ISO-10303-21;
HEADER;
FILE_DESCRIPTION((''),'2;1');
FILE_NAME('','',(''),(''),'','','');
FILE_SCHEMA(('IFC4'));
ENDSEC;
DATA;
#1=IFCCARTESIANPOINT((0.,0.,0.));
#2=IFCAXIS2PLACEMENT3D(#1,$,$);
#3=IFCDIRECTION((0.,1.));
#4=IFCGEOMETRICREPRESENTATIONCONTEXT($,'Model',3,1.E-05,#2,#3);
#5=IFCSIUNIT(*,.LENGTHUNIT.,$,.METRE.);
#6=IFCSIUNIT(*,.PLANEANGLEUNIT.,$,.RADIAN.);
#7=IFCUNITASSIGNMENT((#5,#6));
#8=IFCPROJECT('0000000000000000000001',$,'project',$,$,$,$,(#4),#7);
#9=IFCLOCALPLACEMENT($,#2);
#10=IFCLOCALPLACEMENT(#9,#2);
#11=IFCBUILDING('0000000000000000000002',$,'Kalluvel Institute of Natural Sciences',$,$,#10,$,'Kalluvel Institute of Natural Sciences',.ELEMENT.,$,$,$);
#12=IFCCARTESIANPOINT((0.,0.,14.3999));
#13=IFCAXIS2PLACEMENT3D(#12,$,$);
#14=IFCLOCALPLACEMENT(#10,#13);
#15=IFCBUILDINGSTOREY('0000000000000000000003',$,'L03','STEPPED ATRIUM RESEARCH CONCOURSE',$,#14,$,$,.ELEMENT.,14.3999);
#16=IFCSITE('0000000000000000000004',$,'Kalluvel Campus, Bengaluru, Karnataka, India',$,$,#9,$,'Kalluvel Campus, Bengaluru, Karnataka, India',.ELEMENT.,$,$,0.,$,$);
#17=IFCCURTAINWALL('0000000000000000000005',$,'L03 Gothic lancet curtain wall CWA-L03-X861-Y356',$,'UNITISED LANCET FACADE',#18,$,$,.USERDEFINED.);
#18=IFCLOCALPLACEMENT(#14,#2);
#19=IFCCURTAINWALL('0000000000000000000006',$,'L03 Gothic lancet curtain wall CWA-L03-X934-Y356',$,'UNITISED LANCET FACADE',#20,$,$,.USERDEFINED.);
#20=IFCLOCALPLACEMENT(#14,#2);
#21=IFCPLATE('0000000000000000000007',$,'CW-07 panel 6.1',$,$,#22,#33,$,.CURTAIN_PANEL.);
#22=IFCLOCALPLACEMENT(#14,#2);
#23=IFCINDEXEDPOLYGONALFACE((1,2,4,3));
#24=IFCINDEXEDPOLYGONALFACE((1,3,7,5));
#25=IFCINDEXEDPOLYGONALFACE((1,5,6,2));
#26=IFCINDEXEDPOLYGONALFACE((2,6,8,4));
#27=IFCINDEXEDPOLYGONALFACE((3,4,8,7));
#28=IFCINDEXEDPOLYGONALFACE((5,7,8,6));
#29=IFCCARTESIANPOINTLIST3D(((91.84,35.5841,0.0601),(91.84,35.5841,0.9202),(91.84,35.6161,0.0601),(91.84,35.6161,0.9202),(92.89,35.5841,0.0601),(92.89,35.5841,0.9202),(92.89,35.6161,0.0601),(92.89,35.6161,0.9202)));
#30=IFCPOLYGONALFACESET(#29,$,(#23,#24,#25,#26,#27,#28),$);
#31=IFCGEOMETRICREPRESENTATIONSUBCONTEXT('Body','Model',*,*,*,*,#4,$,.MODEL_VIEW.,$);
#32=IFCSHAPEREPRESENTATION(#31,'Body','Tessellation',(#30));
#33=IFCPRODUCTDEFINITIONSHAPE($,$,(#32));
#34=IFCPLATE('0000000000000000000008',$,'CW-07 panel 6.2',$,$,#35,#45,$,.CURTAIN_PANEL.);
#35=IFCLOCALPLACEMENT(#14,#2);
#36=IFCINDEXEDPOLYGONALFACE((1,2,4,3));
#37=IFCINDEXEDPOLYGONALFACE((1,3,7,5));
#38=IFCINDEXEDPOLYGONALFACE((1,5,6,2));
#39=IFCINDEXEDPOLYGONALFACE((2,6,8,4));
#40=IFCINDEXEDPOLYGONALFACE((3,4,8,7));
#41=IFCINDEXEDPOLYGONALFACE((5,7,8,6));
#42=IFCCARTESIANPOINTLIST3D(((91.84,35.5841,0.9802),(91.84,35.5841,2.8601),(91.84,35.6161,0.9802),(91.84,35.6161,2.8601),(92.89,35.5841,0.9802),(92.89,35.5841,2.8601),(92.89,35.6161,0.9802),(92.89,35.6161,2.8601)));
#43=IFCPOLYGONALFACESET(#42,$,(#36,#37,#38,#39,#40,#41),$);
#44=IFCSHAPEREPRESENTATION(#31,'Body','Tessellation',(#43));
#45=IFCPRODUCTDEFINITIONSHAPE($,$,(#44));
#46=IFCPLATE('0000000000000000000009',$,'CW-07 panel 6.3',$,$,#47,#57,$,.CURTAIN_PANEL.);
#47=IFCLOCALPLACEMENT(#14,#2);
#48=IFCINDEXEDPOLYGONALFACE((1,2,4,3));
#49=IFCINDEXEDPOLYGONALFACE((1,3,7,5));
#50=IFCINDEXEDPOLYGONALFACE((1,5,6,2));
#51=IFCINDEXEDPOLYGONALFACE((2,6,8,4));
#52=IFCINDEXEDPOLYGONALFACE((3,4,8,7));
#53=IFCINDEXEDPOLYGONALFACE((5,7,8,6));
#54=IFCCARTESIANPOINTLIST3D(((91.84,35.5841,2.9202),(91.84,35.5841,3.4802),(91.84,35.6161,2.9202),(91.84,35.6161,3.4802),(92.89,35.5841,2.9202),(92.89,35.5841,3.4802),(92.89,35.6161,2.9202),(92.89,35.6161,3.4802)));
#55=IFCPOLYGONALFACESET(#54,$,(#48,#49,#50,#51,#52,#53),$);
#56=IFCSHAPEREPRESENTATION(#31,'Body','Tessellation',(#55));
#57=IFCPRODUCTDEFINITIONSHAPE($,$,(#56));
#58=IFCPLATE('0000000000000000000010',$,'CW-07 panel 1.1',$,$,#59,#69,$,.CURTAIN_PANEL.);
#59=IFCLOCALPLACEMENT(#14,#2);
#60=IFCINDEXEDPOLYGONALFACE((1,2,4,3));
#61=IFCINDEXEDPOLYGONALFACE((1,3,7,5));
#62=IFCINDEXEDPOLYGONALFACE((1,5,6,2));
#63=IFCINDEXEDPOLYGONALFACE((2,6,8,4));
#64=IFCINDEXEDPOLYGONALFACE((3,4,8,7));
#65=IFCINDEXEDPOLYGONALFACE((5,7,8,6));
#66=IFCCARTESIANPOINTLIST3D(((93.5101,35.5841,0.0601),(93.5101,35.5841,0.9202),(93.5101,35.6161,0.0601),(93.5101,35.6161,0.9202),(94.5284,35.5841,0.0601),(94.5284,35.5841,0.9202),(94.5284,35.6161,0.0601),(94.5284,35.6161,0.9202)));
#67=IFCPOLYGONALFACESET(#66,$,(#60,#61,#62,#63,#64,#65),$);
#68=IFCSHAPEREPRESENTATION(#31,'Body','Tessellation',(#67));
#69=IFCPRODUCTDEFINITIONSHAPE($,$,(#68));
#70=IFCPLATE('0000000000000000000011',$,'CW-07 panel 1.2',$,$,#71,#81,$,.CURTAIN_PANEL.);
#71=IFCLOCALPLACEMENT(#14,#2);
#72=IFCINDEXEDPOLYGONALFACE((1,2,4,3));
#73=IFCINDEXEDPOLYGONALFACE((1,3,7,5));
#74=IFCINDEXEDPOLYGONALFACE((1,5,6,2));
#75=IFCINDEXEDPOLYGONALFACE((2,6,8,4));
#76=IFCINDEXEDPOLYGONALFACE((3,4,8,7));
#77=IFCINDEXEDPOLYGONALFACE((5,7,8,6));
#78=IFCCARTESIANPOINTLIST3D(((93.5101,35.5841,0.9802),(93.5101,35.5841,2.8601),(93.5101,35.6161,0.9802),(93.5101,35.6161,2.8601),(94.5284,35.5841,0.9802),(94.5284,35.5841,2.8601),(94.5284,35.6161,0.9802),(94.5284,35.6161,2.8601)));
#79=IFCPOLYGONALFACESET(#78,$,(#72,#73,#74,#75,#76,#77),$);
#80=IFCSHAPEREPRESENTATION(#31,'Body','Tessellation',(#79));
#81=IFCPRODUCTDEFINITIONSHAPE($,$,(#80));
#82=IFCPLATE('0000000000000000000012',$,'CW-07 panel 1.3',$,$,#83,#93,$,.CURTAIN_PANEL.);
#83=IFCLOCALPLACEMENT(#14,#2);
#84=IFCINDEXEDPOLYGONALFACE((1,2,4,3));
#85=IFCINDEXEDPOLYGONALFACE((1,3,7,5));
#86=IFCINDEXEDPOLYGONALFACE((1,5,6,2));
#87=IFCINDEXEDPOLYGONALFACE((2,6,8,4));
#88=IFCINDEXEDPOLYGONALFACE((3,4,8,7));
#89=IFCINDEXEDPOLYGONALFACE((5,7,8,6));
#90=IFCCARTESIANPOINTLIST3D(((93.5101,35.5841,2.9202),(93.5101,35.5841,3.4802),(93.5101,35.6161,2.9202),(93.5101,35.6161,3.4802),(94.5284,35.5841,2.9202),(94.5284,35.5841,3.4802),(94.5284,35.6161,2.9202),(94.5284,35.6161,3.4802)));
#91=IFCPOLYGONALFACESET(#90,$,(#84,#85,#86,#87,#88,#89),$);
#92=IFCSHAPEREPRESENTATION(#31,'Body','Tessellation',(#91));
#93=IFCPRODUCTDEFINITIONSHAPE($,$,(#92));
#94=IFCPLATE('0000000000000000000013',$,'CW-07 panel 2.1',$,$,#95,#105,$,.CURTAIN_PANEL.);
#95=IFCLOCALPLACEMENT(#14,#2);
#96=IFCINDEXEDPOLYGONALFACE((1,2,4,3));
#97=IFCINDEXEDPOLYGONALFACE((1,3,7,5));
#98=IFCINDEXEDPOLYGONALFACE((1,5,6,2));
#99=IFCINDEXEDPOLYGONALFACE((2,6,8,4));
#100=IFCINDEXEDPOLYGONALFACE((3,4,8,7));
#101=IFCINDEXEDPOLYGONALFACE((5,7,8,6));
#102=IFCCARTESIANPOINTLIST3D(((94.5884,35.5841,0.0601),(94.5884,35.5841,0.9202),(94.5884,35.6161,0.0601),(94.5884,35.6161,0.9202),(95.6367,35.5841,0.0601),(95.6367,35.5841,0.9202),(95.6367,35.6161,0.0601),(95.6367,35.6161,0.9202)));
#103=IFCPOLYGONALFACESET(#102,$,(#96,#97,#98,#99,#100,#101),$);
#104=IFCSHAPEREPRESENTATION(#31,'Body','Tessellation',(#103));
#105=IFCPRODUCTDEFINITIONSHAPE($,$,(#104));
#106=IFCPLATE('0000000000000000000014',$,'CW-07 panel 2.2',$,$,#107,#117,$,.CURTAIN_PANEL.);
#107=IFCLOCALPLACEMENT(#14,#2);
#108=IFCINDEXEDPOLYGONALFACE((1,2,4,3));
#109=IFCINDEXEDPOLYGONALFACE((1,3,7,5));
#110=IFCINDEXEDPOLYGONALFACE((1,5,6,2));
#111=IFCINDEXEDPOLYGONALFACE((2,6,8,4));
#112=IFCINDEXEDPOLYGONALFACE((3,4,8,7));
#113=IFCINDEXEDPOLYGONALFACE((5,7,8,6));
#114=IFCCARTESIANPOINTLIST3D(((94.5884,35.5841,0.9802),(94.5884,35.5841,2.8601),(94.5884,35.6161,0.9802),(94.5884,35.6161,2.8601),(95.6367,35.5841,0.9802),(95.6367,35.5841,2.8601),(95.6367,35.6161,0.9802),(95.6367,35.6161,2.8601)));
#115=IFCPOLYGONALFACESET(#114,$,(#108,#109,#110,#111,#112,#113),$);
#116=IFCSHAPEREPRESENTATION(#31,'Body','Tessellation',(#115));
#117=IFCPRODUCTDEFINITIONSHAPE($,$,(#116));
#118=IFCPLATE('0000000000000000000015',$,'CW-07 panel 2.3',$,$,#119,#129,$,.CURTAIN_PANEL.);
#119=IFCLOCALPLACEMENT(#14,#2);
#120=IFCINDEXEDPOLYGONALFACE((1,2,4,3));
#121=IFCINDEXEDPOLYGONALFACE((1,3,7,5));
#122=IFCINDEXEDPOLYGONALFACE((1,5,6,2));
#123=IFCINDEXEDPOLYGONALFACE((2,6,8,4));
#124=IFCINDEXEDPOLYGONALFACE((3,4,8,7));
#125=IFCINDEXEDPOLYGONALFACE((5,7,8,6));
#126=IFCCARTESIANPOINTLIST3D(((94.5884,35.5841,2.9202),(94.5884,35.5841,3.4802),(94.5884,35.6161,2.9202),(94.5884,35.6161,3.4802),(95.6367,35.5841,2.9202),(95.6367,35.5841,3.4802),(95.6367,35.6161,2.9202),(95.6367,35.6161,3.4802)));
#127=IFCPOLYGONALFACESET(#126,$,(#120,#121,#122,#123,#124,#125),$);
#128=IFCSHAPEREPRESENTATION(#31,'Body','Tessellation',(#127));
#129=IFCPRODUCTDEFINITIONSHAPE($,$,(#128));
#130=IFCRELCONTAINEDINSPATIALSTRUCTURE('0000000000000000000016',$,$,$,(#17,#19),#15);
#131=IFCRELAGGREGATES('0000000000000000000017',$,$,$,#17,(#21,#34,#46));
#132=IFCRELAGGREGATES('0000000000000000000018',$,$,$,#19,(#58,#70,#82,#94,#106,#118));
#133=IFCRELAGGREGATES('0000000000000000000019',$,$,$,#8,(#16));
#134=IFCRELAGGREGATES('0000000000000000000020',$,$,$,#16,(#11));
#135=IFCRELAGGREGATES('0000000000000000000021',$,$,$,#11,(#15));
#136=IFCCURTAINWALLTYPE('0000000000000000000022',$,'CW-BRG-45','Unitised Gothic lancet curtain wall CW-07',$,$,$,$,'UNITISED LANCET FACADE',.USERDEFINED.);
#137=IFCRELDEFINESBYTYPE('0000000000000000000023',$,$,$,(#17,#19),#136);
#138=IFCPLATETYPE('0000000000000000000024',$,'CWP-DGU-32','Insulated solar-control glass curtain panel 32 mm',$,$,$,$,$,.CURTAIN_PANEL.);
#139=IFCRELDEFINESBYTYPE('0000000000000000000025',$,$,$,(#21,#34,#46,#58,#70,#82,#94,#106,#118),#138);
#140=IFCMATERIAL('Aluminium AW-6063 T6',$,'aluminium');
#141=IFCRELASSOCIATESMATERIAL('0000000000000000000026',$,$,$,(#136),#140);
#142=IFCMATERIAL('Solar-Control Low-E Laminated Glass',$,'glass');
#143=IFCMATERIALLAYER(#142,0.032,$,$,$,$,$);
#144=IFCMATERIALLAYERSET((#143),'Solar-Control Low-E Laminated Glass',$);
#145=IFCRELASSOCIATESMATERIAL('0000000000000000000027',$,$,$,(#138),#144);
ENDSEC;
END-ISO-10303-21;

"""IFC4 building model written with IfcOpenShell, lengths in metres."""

from ifc_helpers import new_model, si_unit, direction, frame, origin, origin_2d, place, context, subcontext, project, spatial, rectangle, extrude, material, layer, layer_set, type_object, element, aggregate, save


model = new_model("IFC4")

# Units and contexts
model_context = context("Model", 3, precision=1e-05, world=origin(), true_north=direction((0.0, 1.0)))
body_context = subcontext(model_context, "Body", "Model", "MODEL_VIEW")
ifc_project = project(units=[si_unit("LENGTHUNIT", "METRE"), si_unit("PLANEANGLEUNIT", "RADIAN")], contexts=[model_context])

# Site, building, storey
site_placement = place(None, origin())
site = spatial("IfcSite", under=ifc_project, at=site_placement, Name="Kalluvel Campus, Bengaluru, Karnataka, India", LongName="Kalluvel Campus, Bengaluru, Karnataka, India", CompositionType="ELEMENT", RefElevation=0.0)
building_placement = place(site_placement, origin())
building = spatial("IfcBuilding", under=site, at=building_placement, Name="Kalluvel Institute of Natural Sciences", LongName="Kalluvel Institute of Natural Sciences", CompositionType="ELEMENT")
storey_placement = place(building_placement, frame((0.0, 0.0, 14.3999)))
storey = spatial("IfcBuildingStorey", under=building, at=storey_placement, Name="L03", Description="STEPPED ATRIUM RESEARCH CONCOURSE", CompositionType="ELEMENT", Elevation=14.3999)

# Curtain walls
ifc_material_1 = material(Name="Aluminium AW-6063 T6", Category="aluminium")
curtain_wall_type = type_object("IfcCurtainWallType", Name="CW-BRG-45", Description="Unitised Gothic lancet curtain wall CW-07", ElementType="UNITISED LANCET FACADE", PredefinedType="USERDEFINED", material=ifc_material_1)
curtain_wall_1_placement = place(storey_placement, origin())
curtain_wall_1 = element("IfcCurtainWall", 1, at=curtain_wall_1_placement, inside=storey, type_object=curtain_wall_type, Name="L03 Gothic lancet curtain wall CWA-L03-X861-Y356", ObjectType="UNITISED LANCET FACADE", PredefinedType="USERDEFINED")
curtain_wall_2_placement = place(storey_placement, origin())
curtain_wall_2 = element("IfcCurtainWall", 2, at=curtain_wall_2_placement, inside=storey, type_object=curtain_wall_type, Name="L03 Gothic lancet curtain wall CWA-L03-X934-Y356", ObjectType="UNITISED LANCET FACADE", PredefinedType="USERDEFINED")

# Plates
ifc_material_2 = material(Name="Solar-Control Low-E Laminated Glass", Category="glass")
ifc_layer = layer(ifc_material_2, 0.032)
ifc_layer_set = layer_set([ifc_layer], Name="Solar-Control Low-E Laminated Glass")
plate_type = type_object("IfcPlateType", Name="CWP-DGU-32", Description="Insulated solar-control glass curtain panel 32 mm", PredefinedType="CURTAIN_PANEL", material=ifc_layer_set)
plate_1_placement = place(storey_placement, frame((92.365, 35.6001, 0.0601), z_axis=(0.0, 0.0, 1.0), x_axis=(1.0, 0.0, 0.0)))
plate_1 = element("IfcPlate", 3, at=plate_1_placement, type_object=plate_type, Name="CW-07 panel 6.1", PredefinedType="CURTAIN_PANEL", context=body_context, shape_type="SweptSolid", body=[
    extrude(rectangle(XDim=1.05, YDim=0.032, at=origin_2d()), origin(), (0.0, 0.0, 1.0), 0.8601),
])
plate_2_placement = place(storey_placement, frame((92.365, 35.6001, 0.9802), z_axis=(0.0, 0.0, 1.0), x_axis=(1.0, 0.0, 0.0)))
plate_2 = element("IfcPlate", 4, at=plate_2_placement, type_object=plate_type, Name="CW-07 panel 6.2", PredefinedType="CURTAIN_PANEL", context=body_context, shape_type="SweptSolid", body=[
    extrude(rectangle(XDim=1.05, YDim=0.032, at=origin_2d()), origin(), (0.0, 0.0, 1.0), 1.8799),
])
plate_3_placement = place(storey_placement, frame((92.365, 35.6001, 2.9202), z_axis=(0.0, 0.0, 1.0), x_axis=(1.0, 0.0, 0.0)))
plate_3 = element("IfcPlate", 5, at=plate_3_placement, type_object=plate_type, Name="CW-07 panel 6.3", PredefinedType="CURTAIN_PANEL", context=body_context, shape_type="SweptSolid", body=[
    extrude(rectangle(XDim=1.05, YDim=0.032, at=origin_2d()), origin(), (0.0, 0.0, 1.0), 0.5601),
])
aggregate(curtain_wall_1, [plate_1, plate_2, plate_3])
plate_4_placement = place(storey_placement, frame((94.0193, 35.6001, 0.0601), z_axis=(0.0, 0.0, 1.0), x_axis=(1.0, 0.0, 0.0)))
plate_4 = element("IfcPlate", 6, at=plate_4_placement, type_object=plate_type, Name="CW-07 panel 1.1", PredefinedType="CURTAIN_PANEL", context=body_context, shape_type="SweptSolid", body=[
    extrude(rectangle(XDim=1.0183, YDim=0.032, at=origin_2d()), origin(), (0.0, 0.0, 1.0), 0.8601),
])
plate_5_placement = place(storey_placement, frame((94.0193, 35.6001, 0.9802), z_axis=(0.0, 0.0, 1.0), x_axis=(1.0, 0.0, 0.0)))
plate_5 = element("IfcPlate", 7, at=plate_5_placement, type_object=plate_type, Name="CW-07 panel 1.2", PredefinedType="CURTAIN_PANEL", context=body_context, shape_type="SweptSolid", body=[
    extrude(rectangle(XDim=1.0183, YDim=0.032, at=origin_2d()), origin(), (0.0, 0.0, 1.0), 1.8799),
])
plate_6_placement = place(storey_placement, frame((94.0193, 35.6001, 2.9202), z_axis=(0.0, 0.0, 1.0), x_axis=(1.0, 0.0, 0.0)))
plate_6 = element("IfcPlate", 8, at=plate_6_placement, type_object=plate_type, Name="CW-07 panel 1.3", PredefinedType="CURTAIN_PANEL", context=body_context, shape_type="SweptSolid", body=[
    extrude(rectangle(XDim=1.0183, YDim=0.032, at=origin_2d()), origin(), (0.0, 0.0, 1.0), 0.5601),
])
plate_7_placement = place(storey_placement, frame((95.1125, 35.6001, 0.0601), z_axis=(0.0, 0.0, 1.0), x_axis=(1.0, 0.0, 0.0)))
plate_7 = element("IfcPlate", 9, at=plate_7_placement, type_object=plate_type, Name="CW-07 panel 2.1", PredefinedType="CURTAIN_PANEL", context=body_context, shape_type="SweptSolid", body=[
    extrude(rectangle(XDim=1.0483, YDim=0.032, at=origin_2d()), origin(), (0.0, 0.0, 1.0), 0.8601),
])
plate_8_placement = place(storey_placement, frame((95.1125, 35.6001, 0.9802), z_axis=(0.0, 0.0, 1.0), x_axis=(1.0, 0.0, 0.0)))
plate_8 = element("IfcPlate", 10, at=plate_8_placement, type_object=plate_type, Name="CW-07 panel 2.2", PredefinedType="CURTAIN_PANEL", context=body_context, shape_type="SweptSolid", body=[
    extrude(rectangle(XDim=1.0483, YDim=0.032, at=origin_2d()), origin(), (0.0, 0.0, 1.0), 1.8799),
])
plate_9_placement = place(storey_placement, frame((95.1125, 35.6001, 2.9202), z_axis=(0.0, 0.0, 1.0), x_axis=(1.0, 0.0, 0.0)))
plate_9 = element("IfcPlate", 11, at=plate_9_placement, type_object=plate_type, Name="CW-07 panel 2.3", PredefinedType="CURTAIN_PANEL", context=body_context, shape_type="SweptSolid", body=[
    extrude(rectangle(XDim=1.0483, YDim=0.032, at=origin_2d()), origin(), (0.0, 0.0, 1.0), 0.5601),
])
aggregate(curtain_wall_2, [plate_4, plate_5, plate_6, plate_7, plate_8, plate_9])

save(model, "model.ifc")
